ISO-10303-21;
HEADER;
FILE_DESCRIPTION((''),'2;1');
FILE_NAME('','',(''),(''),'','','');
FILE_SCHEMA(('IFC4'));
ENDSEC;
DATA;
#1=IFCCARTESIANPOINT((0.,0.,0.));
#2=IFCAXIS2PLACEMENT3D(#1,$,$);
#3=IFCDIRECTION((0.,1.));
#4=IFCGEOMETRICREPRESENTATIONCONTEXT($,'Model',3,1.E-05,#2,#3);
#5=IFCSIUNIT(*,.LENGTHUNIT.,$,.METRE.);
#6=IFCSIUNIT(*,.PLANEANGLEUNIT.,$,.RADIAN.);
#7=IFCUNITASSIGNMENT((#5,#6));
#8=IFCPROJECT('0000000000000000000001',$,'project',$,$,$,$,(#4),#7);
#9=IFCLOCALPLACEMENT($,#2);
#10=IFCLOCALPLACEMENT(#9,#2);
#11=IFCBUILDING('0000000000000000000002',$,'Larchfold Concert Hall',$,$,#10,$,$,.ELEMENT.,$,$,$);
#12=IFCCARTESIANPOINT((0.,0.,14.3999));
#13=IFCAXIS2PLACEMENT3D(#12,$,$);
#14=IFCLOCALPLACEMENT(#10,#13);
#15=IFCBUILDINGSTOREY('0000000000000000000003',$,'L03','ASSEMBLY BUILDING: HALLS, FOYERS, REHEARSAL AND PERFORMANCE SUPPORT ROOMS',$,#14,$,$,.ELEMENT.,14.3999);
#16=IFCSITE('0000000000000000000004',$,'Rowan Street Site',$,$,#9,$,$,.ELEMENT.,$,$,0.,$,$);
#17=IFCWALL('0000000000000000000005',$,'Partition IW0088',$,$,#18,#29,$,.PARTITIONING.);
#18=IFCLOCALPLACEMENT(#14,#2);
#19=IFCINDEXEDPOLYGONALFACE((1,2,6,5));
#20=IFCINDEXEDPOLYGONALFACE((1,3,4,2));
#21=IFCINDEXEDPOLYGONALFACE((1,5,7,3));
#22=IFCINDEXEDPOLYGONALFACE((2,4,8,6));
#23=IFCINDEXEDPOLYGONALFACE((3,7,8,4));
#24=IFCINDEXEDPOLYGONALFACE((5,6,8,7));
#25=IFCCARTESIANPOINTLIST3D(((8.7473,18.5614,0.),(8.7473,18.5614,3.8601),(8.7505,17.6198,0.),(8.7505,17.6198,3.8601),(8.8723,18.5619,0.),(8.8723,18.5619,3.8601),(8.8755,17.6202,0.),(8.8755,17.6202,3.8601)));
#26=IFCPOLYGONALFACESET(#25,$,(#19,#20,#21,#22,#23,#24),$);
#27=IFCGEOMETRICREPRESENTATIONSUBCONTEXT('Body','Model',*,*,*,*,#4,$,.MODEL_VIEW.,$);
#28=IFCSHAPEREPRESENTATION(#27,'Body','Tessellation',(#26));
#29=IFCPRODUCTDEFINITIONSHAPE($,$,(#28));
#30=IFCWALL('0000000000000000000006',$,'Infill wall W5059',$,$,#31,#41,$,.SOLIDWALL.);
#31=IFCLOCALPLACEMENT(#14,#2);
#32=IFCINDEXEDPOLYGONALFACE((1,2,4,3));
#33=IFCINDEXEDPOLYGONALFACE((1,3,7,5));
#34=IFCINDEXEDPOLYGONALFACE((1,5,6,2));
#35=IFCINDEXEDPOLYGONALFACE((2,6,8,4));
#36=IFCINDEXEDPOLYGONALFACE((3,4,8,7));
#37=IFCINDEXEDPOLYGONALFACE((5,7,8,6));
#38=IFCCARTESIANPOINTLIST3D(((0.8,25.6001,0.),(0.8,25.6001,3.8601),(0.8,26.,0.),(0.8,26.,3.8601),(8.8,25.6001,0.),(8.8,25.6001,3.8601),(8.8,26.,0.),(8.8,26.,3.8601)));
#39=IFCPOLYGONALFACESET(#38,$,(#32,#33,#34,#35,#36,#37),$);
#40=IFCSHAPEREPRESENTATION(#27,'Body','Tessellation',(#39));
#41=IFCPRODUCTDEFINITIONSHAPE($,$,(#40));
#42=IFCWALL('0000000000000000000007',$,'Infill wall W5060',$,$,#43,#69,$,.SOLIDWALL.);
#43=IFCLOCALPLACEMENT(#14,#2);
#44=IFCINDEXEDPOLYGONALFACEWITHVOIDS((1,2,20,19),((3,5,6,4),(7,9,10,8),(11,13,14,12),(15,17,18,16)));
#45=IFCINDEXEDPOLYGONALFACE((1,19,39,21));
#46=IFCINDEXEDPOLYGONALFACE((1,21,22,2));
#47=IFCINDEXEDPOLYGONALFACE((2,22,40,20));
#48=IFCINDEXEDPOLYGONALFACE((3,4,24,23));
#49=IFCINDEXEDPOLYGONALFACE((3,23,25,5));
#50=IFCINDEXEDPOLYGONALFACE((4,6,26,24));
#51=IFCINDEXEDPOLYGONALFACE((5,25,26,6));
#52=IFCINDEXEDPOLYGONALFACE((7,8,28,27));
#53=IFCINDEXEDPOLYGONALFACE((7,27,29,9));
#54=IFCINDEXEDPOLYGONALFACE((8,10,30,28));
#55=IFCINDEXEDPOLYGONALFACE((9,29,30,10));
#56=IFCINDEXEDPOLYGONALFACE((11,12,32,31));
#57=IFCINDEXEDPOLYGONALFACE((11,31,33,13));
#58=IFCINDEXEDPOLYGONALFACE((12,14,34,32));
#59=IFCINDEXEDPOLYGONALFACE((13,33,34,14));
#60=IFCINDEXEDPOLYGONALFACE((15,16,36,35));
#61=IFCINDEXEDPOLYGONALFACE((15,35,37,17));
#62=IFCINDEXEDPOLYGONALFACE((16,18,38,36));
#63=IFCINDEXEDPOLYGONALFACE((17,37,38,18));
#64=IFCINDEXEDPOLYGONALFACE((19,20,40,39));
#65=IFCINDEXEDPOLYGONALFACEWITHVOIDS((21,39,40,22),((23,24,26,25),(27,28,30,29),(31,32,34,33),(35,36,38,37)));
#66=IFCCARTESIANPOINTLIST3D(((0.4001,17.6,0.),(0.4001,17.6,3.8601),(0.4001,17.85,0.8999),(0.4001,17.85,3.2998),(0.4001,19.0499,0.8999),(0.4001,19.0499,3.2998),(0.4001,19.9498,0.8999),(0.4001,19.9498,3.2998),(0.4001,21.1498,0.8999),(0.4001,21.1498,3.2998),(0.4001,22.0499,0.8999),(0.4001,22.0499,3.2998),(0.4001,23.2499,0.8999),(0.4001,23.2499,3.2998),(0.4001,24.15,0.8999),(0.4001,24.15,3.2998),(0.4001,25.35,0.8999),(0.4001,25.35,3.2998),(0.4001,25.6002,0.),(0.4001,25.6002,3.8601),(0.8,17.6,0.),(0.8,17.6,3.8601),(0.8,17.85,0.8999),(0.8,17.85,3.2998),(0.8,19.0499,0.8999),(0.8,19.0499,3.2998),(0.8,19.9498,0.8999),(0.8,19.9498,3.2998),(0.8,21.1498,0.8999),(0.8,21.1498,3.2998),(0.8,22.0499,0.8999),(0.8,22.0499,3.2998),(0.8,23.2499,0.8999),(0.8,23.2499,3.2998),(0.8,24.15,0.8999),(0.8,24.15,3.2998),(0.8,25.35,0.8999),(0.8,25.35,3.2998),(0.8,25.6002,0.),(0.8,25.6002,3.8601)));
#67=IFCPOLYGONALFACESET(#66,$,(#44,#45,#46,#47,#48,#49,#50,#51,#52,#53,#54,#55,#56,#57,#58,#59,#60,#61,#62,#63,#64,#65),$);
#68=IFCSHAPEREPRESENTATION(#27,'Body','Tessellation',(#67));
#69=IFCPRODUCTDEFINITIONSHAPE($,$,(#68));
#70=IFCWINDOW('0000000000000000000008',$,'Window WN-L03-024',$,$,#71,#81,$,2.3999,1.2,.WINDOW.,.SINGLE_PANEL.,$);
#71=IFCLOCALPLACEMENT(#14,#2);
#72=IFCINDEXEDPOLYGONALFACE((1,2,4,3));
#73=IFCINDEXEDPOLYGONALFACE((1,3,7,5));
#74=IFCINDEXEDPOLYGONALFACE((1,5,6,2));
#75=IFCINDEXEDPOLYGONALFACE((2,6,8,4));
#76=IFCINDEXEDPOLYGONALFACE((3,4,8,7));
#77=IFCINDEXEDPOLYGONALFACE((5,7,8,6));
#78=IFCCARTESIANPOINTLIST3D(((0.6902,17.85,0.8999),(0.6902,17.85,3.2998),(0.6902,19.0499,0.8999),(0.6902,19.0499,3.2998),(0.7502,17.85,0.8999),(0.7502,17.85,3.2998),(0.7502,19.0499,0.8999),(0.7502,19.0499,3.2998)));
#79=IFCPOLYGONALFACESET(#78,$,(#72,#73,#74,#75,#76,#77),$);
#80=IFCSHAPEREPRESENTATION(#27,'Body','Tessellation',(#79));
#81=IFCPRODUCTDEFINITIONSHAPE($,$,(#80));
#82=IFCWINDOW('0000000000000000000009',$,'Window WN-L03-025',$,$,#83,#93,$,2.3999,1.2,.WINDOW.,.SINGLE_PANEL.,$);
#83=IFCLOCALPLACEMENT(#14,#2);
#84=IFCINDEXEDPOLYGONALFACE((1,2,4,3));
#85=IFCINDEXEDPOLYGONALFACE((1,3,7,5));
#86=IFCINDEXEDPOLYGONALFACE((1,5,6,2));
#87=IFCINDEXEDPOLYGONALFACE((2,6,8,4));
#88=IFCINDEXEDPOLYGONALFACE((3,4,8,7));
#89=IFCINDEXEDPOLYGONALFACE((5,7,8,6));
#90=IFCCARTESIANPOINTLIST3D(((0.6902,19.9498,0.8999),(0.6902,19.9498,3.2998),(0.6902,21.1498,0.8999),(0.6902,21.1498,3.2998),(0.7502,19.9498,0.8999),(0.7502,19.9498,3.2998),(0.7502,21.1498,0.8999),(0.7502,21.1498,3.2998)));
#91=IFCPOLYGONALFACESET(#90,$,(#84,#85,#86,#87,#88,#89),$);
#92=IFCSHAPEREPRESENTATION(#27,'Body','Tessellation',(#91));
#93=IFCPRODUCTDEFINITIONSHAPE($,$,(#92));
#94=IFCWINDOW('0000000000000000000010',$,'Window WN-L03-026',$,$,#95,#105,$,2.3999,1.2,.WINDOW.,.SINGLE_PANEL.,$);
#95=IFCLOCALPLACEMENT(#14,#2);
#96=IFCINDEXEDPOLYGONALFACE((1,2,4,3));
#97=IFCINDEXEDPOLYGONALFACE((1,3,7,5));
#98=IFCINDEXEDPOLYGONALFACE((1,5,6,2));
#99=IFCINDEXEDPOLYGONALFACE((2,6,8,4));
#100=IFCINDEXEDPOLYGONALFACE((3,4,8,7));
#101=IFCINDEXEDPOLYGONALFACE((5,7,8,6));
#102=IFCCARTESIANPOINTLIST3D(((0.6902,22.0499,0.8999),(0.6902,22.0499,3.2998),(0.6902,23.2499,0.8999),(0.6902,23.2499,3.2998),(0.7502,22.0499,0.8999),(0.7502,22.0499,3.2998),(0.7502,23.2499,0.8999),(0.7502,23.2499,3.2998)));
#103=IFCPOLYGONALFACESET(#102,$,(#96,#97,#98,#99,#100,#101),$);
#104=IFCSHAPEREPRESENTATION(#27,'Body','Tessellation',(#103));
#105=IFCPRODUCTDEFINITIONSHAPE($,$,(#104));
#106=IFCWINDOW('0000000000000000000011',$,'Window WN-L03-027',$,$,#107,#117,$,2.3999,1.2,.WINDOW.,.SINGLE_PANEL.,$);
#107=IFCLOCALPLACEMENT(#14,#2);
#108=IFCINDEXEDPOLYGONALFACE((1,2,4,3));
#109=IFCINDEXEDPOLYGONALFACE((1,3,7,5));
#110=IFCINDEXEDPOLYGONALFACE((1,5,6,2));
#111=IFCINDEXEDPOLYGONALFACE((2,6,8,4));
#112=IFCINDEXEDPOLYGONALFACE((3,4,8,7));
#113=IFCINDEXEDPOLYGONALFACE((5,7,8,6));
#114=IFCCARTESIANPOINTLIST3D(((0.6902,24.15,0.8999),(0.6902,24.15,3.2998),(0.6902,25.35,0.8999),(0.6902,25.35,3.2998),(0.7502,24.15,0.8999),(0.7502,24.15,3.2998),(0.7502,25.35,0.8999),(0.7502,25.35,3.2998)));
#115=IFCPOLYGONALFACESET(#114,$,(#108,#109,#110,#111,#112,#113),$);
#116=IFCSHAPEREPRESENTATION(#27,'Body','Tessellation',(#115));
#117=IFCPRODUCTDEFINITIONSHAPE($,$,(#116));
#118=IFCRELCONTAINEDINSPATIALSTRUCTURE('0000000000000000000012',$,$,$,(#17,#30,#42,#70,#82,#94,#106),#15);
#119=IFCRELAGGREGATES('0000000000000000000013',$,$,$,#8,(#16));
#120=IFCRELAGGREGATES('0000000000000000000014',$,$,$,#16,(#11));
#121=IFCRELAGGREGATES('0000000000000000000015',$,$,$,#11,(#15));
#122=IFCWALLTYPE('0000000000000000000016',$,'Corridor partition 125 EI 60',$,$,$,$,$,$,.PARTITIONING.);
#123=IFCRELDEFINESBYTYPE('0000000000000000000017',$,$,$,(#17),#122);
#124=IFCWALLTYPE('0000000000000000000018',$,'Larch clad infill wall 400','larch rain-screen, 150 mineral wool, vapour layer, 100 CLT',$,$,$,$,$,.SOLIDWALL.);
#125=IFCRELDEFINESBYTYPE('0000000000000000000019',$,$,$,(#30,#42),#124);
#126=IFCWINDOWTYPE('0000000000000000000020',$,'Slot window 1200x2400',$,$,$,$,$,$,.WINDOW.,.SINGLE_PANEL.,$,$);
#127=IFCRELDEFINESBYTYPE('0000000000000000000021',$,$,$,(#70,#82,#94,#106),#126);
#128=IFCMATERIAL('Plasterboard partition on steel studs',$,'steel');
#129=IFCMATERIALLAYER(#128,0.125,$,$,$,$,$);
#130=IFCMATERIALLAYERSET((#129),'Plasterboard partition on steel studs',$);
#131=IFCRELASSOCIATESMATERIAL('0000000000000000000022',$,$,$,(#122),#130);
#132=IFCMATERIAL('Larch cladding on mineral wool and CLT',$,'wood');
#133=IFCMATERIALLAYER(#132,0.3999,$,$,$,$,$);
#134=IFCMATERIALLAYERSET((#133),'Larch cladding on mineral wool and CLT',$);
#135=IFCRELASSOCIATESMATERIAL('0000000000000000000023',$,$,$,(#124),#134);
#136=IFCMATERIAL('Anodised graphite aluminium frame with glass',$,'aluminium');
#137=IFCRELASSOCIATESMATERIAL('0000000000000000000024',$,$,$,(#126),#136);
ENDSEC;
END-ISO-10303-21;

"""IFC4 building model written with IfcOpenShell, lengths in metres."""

from ifc_helpers import new_model, si_unit, direction, frame, frame_2d, origin, place, context, subcontext, project, spatial, rectangle, extrude, material, layer, layer_set, type_object, element, fill, save


model = new_model("IFC4")

# Units and contexts
model_context = context("Model", 3, precision=1e-05, world=origin(), true_north=direction((0.0, 1.0)))
body_context = subcontext(model_context, "Body", "Model", "MODEL_VIEW")
ifc_project = project(units=[si_unit("LENGTHUNIT", "METRE"), si_unit("PLANEANGLEUNIT", "RADIAN")], contexts=[model_context])

# Site, building, storey
site_placement = place(None, origin())
site = spatial("IfcSite", under=ifc_project, at=site_placement, Name="Rowan Street Site", CompositionType="ELEMENT", RefElevation=0.0)
building_placement = place(site_placement, origin())
building = spatial("IfcBuilding", under=site, at=building_placement, Name="Larchfold Concert Hall", CompositionType="ELEMENT")
storey_placement = place(building_placement, frame((0.0, 0.0, 14.3999)))
storey = spatial("IfcBuildingStorey", under=building, at=storey_placement, Name="L03", Description="ASSEMBLY BUILDING: HALLS, FOYERS, REHEARSAL AND PERFORMANCE SUPPORT ROOMS", CompositionType="ELEMENT", Elevation=14.3999)

# Shared definitions
ifc_material_1 = material(Name="Plasterboard partition on steel studs", Category="steel")
ifc_layer_1 = layer(ifc_material_1, 0.125)
ifc_layer_set_1 = layer_set([ifc_layer_1], Name="Plasterboard partition on steel studs")
wall_type_1 = type_object("IfcWallType", Name="Corridor partition 125 EI 60", PredefinedType="PARTITIONING", material=ifc_layer_set_1)

# Walls
wall_1_placement = place(storey_placement, frame((8.8098, 18.5615, 0.0), z_axis=(0.0, 0.0, 1.0), x_axis=(0.00337, -0.999994, 0.0)))
element("IfcWall", 1, at=wall_1_placement, inside=storey, type_object=wall_type_1, Name="Partition IW0088", PredefinedType="PARTITIONING", context=body_context, shape_type="SweptSolid", body=[
    extrude(rectangle(XDim=0.9417, YDim=0.125, at=frame_2d((0.4707, 0.0))), origin(), (0.0, 0.0, 1.0), 3.8601),
])
ifc_material_2 = material(Name="Larch cladding on mineral wool and CLT", Category="wood")
ifc_layer_2 = layer(ifc_material_2, 0.3999)
ifc_layer_set_2 = layer_set([ifc_layer_2], Name="Larch cladding on mineral wool and CLT")
wall_type_2 = type_object("IfcWallType", Name="Larch clad infill wall 400", Description="larch rain-screen, 150 mineral wool, vapour layer, 100 CLT", PredefinedType="SOLIDWALL", material=ifc_layer_set_2)
wall_2_placement = place(storey_placement, frame((8.8, 25.8, 0.0), z_axis=(0.0, 0.0, 1.0), x_axis=(-1.0, 0.0, 0.0)))
element("IfcWall", 2, at=wall_2_placement, inside=storey, type_object=wall_type_2, Name="Infill wall W5059", PredefinedType="SOLIDWALL", context=body_context, shape_type="SweptSolid", body=[
    extrude(rectangle(XDim=8.0, YDim=0.3999, at=frame_2d((4.0, 0.0))), origin(), (0.0, 0.0, 1.0), 3.8601),
])

# Wall, openings, windows
wall_3_placement = place(storey_placement, frame((0.6001, 25.6001, 0.0), z_axis=(0.0, 0.0, 1.0), x_axis=(0.0, -1.0, 0.0)))
wall_3 = element("IfcWall", 3, at=wall_3_placement, inside=storey, type_object=wall_type_2, Name="Infill wall W5060", PredefinedType="SOLIDWALL", context=body_context, shape_type="SweptSolid", body=[
    extrude(rectangle(XDim=8.0002, YDim=0.3999, at=frame_2d((4.0, 0.0))), origin(), (0.0, 0.0, 1.0), 3.8601),
])
opening_1_placement = place(wall_3_placement, frame((6.55, 0.0, 0.8999)))
opening_1 = element("IfcOpeningElement", 4, at=opening_1_placement, cuts=wall_3, PredefinedType="OPENING", context=body_context, shape_type="SweptSolid", body=[
    extrude(rectangle(XDim=1.2, YDim=2.3999, at=frame_2d((0.6001, 1.2))), frame((0.0, 0.21, 0.0), z_axis=(0.0, -1.0, 0.0), x_axis=(1.0, 0.0, 0.0)), (0.0, 0.0, 1.0), 0.4199),
])
opening_2_placement = place(wall_3_placement, frame((4.4502, 0.0, 0.8999)))
opening_2 = element("IfcOpeningElement", 5, at=opening_2_placement, cuts=wall_3, PredefinedType="OPENING", context=body_context, shape_type="SweptSolid", body=[
    extrude(rectangle(XDim=1.2, YDim=2.3999, at=frame_2d((0.6001, 1.2))), frame((0.0, 0.21, 0.0), z_axis=(0.0, -1.0, 0.0), x_axis=(1.0, 0.0, 0.0)), (0.0, 0.0, 1.0), 0.4199),
])
opening_3_placement = place(wall_3_placement, frame((2.3501, 0.0, 0.8999)))
opening_3 = element("IfcOpeningElement", 6, at=opening_3_placement, cuts=wall_3, PredefinedType="OPENING", context=body_context, shape_type="SweptSolid", body=[
    extrude(rectangle(XDim=1.2, YDim=2.3999, at=frame_2d((0.6001, 1.2))), frame((0.0, 0.21, 0.0), z_axis=(0.0, -1.0, 0.0), x_axis=(1.0, 0.0, 0.0)), (0.0, 0.0, 1.0), 0.4199),
])
opening_4_placement = place(wall_3_placement, frame((0.25, 0.0, 0.8999)))
opening_4 = element("IfcOpeningElement", 7, at=opening_4_placement, cuts=wall_3, PredefinedType="OPENING", context=body_context, shape_type="SweptSolid", body=[
    extrude(rectangle(XDim=1.2, YDim=2.3999, at=frame_2d((0.6001, 1.2))), frame((0.0, 0.21, 0.0), z_axis=(0.0, -1.0, 0.0), x_axis=(1.0, 0.0, 0.0)), (0.0, 0.0, 1.0), 0.4199),
])
ifc_material_3 = material(Name="Anodised graphite aluminium frame with glass", Category="aluminium")
window_type = type_object("IfcWindowType", Name="Slot window 1200x2400", PartitioningType="SINGLE_PANEL", PredefinedType="WINDOW", material=ifc_material_3)
window_1_placement = place(opening_1_placement, origin())
window_1 = element("IfcWindow", 8, at=window_1_placement, inside=storey, type_object=window_type, Name="Window WN-L03-024", OverallHeight=2.3999, OverallWidth=1.2, PartitioningType="SINGLE_PANEL", PredefinedType="WINDOW", context=body_context, shape_type="SweptSolid", body=[
    extrude(rectangle(XDim=1.2, YDim=2.3999, at=frame_2d((0.6001, 1.2))), frame((0.0, 0.1501, 0.0), z_axis=(0.0, -1.0, 0.0), x_axis=(1.0, 0.0, 0.0)), (0.0, 0.0, 1.0), 0.0601),
])
fill(opening_1, window_1)
window_2_placement = place(opening_2_placement, origin())
window_2 = element("IfcWindow", 9, at=window_2_placement, inside=storey, type_object=window_type, Name="Window WN-L03-025", OverallHeight=2.3999, OverallWidth=1.2, PartitioningType="SINGLE_PANEL", PredefinedType="WINDOW", context=body_context, shape_type="SweptSolid", body=[
    extrude(rectangle(XDim=1.2, YDim=2.3999, at=frame_2d((0.6001, 1.2))), frame((0.0, 0.1501, 0.0), z_axis=(0.0, -1.0, 0.0), x_axis=(1.0, 0.0, 0.0)), (0.0, 0.0, 1.0), 0.0601),
])
fill(opening_2, window_2)
window_3_placement = place(opening_3_placement, origin())
window_3 = element("IfcWindow", 10, at=window_3_placement, inside=storey, type_object=window_type, Name="Window WN-L03-026", OverallHeight=2.3999, OverallWidth=1.2, PartitioningType="SINGLE_PANEL", PredefinedType="WINDOW", context=body_context, shape_type="SweptSolid", body=[
    extrude(rectangle(XDim=1.2, YDim=2.3999, at=frame_2d((0.6001, 1.2))), frame((0.0, 0.1501, 0.0), z_axis=(0.0, -1.0, 0.0), x_axis=(1.0, 0.0, 0.0)), (0.0, 0.0, 1.0), 0.0601),
])
fill(opening_3, window_3)
window_4_placement = place(opening_4_placement, origin())
window_4 = element("IfcWindow", 11, at=window_4_placement, inside=storey, type_object=window_type, Name="Window WN-L03-027", OverallHeight=2.3999, OverallWidth=1.2, PartitioningType="SINGLE_PANEL", PredefinedType="WINDOW", context=body_context, shape_type="SweptSolid", body=[
    extrude(rectangle(XDim=1.2, YDim=2.3999, at=frame_2d((0.6001, 1.2))), frame((0.0, 0.1501, 0.0), z_axis=(0.0, -1.0, 0.0), x_axis=(1.0, 0.0, 0.0)), (0.0, 0.0, 1.0), 0.0601),
])
fill(opening_4, window_4)

save(model, "model.ifc")
